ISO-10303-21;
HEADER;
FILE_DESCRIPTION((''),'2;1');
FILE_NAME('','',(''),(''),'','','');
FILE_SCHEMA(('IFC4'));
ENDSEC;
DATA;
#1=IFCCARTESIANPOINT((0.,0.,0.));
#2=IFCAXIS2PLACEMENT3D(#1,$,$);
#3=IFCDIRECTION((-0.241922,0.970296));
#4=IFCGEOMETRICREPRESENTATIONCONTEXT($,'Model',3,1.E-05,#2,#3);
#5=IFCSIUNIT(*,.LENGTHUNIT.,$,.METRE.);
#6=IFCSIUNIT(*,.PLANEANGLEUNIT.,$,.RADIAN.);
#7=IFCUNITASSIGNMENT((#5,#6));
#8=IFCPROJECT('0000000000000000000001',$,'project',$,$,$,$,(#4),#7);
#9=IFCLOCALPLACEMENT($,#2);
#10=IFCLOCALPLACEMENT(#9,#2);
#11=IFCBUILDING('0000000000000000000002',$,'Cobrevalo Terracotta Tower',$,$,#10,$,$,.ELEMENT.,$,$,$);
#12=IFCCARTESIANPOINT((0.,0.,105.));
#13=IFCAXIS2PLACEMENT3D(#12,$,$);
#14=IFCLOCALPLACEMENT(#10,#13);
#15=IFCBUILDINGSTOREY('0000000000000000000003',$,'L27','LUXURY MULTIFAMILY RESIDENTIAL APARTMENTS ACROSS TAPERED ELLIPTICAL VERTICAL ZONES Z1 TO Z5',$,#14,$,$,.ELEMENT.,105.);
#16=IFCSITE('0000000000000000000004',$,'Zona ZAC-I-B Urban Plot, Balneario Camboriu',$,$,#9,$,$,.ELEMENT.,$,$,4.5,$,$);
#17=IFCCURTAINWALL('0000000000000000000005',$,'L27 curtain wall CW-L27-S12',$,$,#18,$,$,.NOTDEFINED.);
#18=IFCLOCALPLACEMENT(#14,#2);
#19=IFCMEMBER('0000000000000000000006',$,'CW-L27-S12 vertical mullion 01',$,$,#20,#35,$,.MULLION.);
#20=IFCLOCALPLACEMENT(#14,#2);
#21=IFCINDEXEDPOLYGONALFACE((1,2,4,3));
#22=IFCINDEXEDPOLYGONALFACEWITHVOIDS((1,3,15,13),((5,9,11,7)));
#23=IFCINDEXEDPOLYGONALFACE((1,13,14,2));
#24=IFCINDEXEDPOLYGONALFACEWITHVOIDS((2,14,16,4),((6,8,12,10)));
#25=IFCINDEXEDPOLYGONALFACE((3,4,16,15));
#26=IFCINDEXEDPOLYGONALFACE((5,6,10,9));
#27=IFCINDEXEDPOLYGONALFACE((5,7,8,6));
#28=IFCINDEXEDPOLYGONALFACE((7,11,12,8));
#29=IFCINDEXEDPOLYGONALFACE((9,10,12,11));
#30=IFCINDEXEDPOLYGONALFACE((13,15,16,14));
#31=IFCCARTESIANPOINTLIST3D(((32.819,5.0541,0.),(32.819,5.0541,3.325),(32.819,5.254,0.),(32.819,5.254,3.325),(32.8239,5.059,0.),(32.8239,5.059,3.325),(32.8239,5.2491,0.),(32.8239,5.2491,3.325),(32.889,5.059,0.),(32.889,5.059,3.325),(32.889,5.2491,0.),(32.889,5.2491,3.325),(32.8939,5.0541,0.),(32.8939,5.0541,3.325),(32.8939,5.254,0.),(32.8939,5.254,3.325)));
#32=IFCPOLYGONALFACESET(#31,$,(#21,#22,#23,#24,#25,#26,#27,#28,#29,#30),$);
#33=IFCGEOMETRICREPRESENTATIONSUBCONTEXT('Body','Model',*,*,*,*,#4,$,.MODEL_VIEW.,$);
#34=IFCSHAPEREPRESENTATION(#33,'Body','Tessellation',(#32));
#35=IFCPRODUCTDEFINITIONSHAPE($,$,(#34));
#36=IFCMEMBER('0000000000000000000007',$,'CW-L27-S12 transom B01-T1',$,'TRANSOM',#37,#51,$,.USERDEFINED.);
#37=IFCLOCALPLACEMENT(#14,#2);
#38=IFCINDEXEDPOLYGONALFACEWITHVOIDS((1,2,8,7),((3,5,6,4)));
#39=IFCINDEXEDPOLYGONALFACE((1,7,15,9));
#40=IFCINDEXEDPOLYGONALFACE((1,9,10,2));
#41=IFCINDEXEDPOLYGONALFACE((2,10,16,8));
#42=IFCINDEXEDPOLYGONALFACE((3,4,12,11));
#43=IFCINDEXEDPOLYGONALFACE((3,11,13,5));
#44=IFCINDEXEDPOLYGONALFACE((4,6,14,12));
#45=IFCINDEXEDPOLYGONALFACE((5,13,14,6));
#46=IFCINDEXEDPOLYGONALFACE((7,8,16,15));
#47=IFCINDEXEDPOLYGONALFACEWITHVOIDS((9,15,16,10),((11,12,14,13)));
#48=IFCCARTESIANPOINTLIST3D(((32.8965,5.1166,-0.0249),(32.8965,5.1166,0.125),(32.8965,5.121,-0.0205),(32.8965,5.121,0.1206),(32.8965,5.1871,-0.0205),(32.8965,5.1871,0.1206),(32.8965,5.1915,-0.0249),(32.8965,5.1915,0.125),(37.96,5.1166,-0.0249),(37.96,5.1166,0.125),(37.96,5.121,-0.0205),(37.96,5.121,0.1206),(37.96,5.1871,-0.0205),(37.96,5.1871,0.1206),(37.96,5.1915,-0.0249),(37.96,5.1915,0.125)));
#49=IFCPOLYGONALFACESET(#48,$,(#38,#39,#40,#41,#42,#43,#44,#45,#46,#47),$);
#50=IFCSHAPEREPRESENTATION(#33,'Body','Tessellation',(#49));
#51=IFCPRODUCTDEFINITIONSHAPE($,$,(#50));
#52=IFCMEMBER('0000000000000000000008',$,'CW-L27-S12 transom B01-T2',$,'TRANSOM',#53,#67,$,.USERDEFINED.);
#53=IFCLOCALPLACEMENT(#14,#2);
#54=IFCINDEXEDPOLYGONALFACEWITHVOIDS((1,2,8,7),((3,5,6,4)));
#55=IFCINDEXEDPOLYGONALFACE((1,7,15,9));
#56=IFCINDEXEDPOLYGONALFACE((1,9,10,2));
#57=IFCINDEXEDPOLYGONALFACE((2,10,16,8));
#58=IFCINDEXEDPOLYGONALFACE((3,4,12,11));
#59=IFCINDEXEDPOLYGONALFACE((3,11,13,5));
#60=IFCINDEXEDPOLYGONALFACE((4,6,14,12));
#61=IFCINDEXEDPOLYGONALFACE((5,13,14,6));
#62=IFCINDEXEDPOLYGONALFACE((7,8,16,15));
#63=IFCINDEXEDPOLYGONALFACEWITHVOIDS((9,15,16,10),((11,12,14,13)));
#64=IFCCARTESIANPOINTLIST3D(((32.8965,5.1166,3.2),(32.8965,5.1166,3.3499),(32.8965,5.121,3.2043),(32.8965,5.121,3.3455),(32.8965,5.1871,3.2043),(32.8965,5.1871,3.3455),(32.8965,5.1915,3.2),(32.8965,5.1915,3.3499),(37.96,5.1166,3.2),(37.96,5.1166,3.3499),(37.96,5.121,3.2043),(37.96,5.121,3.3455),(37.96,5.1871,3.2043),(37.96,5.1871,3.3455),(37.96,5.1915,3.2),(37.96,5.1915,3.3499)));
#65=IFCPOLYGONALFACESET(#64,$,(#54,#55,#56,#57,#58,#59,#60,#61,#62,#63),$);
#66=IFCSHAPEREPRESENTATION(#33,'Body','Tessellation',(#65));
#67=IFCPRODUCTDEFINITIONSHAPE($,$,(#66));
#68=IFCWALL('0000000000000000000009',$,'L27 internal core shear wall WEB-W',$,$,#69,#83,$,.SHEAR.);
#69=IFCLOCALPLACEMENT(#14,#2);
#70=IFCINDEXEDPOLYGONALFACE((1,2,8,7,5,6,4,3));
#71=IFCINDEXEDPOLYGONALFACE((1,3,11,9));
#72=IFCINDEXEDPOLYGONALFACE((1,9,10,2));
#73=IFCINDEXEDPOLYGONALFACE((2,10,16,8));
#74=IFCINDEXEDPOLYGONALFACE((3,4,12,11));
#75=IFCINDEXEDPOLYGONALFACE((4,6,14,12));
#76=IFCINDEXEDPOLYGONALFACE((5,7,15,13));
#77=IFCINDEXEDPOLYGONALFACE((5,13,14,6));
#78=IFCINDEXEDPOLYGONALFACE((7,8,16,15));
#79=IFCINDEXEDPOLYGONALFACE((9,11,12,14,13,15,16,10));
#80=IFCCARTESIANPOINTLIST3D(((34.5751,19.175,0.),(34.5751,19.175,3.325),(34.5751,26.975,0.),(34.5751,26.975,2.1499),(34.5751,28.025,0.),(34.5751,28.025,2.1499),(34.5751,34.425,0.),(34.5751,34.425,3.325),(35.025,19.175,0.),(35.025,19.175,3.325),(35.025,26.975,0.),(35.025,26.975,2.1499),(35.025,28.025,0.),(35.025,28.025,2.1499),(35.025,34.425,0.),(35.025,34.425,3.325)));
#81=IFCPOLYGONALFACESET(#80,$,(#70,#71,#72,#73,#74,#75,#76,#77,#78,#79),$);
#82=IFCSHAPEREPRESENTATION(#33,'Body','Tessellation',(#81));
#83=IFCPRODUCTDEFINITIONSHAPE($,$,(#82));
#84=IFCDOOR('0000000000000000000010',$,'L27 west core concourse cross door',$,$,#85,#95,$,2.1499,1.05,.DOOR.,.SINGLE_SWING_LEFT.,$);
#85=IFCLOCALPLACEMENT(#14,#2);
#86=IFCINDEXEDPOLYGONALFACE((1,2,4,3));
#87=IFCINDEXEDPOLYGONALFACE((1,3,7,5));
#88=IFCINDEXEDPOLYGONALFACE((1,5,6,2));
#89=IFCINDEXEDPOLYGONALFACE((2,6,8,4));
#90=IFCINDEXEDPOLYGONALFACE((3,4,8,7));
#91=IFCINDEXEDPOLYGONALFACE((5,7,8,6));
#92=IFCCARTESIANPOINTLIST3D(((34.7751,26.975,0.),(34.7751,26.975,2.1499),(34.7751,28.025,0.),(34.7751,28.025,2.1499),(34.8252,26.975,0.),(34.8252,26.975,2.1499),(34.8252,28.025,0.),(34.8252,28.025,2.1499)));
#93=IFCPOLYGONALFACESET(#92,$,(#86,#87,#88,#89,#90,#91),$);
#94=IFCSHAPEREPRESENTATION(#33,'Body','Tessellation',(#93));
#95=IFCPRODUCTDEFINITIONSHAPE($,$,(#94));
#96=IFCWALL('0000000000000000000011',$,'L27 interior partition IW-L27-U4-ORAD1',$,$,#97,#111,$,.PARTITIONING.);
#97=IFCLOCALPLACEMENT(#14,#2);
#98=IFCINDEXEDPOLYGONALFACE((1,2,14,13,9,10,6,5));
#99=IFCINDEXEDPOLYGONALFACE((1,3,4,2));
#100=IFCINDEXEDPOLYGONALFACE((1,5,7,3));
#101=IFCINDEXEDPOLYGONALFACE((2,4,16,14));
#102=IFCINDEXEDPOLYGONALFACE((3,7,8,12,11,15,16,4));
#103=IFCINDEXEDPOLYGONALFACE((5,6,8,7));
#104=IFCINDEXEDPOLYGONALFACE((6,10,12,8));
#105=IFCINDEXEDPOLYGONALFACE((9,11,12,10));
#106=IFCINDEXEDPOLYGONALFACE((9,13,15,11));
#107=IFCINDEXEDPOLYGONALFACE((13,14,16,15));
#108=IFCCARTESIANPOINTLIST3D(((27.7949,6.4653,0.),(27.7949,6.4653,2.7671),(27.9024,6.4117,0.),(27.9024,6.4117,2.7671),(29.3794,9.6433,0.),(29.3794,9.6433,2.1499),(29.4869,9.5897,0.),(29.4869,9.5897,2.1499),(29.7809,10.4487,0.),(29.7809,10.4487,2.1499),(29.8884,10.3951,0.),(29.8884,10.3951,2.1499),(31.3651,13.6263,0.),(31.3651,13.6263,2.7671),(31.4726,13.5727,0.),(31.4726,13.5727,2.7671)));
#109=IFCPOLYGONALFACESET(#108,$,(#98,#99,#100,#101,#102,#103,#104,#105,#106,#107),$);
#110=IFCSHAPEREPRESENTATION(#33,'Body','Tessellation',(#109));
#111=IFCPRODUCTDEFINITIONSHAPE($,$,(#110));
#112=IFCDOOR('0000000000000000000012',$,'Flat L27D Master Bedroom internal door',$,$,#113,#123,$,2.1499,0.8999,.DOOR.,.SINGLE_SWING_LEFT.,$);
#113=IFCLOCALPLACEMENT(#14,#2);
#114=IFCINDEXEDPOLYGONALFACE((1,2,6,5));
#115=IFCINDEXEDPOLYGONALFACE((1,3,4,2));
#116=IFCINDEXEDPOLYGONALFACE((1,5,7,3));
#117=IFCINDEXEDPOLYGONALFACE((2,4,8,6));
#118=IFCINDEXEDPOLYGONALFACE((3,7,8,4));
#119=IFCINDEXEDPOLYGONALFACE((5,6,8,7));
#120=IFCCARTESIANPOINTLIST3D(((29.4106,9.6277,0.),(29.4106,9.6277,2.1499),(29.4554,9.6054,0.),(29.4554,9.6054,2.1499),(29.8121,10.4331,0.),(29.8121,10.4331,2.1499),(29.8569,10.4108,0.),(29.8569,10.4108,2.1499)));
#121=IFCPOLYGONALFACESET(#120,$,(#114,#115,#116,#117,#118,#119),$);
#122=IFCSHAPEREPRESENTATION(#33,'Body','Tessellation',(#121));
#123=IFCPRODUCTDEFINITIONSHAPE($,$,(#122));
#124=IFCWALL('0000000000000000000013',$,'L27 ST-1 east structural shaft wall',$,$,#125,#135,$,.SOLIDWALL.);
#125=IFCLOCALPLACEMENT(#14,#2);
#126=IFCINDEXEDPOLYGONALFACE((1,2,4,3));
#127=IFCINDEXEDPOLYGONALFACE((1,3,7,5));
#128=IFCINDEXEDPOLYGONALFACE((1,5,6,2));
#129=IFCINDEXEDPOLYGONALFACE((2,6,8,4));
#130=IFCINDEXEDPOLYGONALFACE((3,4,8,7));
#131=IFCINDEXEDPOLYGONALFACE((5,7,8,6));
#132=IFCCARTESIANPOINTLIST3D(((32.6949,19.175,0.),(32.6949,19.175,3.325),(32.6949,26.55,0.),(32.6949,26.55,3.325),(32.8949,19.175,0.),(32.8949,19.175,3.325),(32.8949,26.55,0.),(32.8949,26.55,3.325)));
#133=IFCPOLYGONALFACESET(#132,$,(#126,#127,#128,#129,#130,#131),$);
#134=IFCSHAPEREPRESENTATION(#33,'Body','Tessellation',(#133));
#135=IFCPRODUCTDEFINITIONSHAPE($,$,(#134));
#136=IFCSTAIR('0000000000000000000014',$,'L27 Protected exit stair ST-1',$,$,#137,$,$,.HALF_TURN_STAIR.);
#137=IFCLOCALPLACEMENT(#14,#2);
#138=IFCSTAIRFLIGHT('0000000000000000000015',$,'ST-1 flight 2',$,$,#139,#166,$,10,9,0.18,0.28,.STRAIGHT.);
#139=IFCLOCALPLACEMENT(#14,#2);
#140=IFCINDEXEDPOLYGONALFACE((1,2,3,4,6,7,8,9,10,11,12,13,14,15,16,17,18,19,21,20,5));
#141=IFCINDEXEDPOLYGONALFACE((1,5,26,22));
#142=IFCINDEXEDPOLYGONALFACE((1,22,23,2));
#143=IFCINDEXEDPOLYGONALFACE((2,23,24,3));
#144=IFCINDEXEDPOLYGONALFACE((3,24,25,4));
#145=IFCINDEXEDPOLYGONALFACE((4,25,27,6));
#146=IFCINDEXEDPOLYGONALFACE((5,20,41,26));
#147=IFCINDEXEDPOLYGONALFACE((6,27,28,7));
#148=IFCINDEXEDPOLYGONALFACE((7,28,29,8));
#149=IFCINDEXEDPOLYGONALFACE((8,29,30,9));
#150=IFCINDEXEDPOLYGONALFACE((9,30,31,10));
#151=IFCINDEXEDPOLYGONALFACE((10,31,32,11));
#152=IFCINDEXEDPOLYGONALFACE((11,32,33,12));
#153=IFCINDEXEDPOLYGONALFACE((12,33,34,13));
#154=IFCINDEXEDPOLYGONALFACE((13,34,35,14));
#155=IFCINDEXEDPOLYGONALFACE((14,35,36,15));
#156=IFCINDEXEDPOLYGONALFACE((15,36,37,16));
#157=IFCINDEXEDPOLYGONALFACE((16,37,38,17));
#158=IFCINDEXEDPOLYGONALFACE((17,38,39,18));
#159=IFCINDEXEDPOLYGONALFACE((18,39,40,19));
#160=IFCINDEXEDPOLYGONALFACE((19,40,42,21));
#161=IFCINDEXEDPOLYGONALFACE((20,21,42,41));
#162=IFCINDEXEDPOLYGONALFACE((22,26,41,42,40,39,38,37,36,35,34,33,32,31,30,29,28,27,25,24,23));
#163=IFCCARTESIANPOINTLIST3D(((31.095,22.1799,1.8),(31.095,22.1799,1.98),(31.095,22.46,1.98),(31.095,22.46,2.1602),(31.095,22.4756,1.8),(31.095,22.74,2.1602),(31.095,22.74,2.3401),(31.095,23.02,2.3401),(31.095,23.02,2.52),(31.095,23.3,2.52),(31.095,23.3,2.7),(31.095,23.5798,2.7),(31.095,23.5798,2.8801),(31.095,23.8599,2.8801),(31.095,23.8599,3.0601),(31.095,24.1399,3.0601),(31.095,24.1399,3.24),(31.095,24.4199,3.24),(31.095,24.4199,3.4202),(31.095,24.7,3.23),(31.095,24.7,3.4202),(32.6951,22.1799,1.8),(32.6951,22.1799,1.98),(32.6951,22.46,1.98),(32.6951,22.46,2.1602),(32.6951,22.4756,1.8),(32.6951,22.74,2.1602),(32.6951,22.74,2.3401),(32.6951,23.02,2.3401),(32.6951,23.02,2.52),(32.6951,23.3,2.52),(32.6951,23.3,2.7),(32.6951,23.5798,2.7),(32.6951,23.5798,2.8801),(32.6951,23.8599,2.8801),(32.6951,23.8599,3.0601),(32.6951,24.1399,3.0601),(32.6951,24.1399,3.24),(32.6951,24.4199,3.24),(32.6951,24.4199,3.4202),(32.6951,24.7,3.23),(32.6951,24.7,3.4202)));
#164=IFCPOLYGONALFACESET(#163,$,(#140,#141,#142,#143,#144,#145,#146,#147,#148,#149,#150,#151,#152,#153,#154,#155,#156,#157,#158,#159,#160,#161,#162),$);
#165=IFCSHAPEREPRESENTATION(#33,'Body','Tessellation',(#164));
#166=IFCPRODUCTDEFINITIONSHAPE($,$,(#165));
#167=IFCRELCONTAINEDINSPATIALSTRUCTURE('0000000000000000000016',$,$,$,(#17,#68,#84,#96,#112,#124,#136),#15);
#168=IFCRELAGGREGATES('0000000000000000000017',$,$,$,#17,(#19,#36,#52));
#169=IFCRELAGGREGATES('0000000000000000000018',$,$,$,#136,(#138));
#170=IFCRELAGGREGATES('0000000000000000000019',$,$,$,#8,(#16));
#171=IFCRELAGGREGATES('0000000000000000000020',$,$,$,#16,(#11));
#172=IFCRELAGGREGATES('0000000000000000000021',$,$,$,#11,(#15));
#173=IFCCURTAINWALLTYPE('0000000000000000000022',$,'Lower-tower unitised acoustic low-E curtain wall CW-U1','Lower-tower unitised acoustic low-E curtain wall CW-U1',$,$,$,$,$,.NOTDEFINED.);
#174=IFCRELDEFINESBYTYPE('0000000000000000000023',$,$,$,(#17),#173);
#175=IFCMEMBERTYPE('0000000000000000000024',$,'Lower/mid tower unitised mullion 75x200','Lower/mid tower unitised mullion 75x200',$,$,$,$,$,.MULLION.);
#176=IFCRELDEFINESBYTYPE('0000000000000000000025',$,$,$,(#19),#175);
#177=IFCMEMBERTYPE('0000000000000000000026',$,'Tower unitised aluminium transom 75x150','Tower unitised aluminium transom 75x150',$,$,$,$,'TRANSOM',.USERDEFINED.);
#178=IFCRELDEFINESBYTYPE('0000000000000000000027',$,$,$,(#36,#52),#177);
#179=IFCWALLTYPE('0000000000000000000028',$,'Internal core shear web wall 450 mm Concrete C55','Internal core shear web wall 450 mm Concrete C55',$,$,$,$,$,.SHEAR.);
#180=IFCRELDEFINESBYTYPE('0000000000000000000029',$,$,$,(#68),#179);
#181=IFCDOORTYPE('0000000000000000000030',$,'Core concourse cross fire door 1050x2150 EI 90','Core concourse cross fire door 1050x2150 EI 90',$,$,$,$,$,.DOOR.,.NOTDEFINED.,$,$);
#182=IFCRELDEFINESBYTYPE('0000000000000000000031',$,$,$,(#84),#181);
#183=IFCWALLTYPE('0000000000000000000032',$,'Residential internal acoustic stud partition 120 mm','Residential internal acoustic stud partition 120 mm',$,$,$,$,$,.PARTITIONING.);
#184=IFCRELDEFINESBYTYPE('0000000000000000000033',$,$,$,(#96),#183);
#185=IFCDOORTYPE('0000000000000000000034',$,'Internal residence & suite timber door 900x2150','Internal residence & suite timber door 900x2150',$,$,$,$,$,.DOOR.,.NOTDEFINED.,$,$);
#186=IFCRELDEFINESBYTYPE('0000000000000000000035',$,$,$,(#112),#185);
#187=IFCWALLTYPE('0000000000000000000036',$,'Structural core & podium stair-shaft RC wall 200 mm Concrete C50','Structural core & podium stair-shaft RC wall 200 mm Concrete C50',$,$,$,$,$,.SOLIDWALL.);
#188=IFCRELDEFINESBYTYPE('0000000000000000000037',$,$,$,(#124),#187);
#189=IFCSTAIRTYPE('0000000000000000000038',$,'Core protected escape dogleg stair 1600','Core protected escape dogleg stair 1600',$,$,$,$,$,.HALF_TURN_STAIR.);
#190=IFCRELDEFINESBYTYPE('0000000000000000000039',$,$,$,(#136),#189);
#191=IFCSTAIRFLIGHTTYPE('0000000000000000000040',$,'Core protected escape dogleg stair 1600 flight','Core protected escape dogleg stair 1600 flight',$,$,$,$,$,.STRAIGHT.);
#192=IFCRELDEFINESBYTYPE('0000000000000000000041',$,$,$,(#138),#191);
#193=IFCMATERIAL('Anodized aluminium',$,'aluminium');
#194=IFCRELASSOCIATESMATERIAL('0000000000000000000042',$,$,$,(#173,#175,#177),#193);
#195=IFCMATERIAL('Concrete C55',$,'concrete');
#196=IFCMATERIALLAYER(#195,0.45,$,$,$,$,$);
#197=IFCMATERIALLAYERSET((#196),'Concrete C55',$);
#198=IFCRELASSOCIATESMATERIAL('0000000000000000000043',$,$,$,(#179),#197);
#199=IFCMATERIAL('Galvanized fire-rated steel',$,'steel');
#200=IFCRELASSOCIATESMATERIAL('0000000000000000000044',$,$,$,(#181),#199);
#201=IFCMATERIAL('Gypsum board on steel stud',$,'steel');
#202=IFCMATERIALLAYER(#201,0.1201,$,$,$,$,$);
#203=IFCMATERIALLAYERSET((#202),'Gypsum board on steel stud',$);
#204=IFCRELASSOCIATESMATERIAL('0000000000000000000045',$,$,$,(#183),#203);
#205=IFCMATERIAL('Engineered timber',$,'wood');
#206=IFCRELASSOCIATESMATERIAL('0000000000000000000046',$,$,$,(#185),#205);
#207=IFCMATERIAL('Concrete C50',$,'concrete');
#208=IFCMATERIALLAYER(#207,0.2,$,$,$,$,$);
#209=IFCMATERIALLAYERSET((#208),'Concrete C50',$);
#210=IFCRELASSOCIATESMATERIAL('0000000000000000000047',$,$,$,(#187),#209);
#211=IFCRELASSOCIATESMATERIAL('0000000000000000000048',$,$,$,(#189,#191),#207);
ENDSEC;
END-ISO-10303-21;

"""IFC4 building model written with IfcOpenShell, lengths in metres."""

from ifc_helpers import new_model, si_unit, direction, frame, frame_2d, origin, origin_2d, place, context, subcontext, project, spatial, polyline, rectangle, hollow_rectangle, outline, extrude, source, transform, mapped, material, layer, layer_set, material_profile, profile_set, type_object, element, fill, aggregate, save


model = new_model("IFC4")

# Units and contexts
model_context = context("Model", 3, precision=1e-05, world=origin(), true_north=direction((-0.241922, 0.970296)))
body_context = subcontext(model_context, "Body", "Model", "MODEL_VIEW")
ifc_project = project(units=[si_unit("LENGTHUNIT", "METRE"), si_unit("PLANEANGLEUNIT", "RADIAN")], contexts=[model_context])

# Site, building, storey
site_placement = place(None, origin())
site = spatial("IfcSite", under=ifc_project, at=site_placement, Name="Zona ZAC-I-B Urban Plot, Balneario Camboriu", CompositionType="ELEMENT", RefElevation=4.5)
building_placement = place(site_placement, origin())
building = spatial("IfcBuilding", under=site, at=building_placement, Name="Cobrevalo Terracotta Tower", CompositionType="ELEMENT")
storey_placement = place(building_placement, frame((0.0, 0.0, 105.0)))
storey = spatial("IfcBuildingStorey", under=building, at=storey_placement, Name="L27", Description="LUXURY MULTIFAMILY RESIDENTIAL APARTMENTS ACROSS TAPERED ELLIPTICAL VERTICAL ZONES Z1 TO Z5", CompositionType="ELEMENT", Elevation=105.0)

# Curtain wall, members
ifc_material_1 = material(Name="Anodized aluminium", Category="aluminium")
curtain_wall_type = type_object("IfcCurtainWallType", Name="Lower-tower unitised acoustic low-E curtain wall CW-U1", Description="Lower-tower unitised acoustic low-E curtain wall CW-U1", PredefinedType="NOTDEFINED", material=ifc_material_1)
curtain_wall_placement = place(storey_placement, origin())
curtain_wall = element("IfcCurtainWall", 1, at=curtain_wall_placement, inside=storey, type_object=curtain_wall_type, Name="L27 curtain wall CW-L27-S12", PredefinedType="NOTDEFINED")
ifc_material_profile_1 = material_profile(ifc_material_1, hollow_rectangle(XDim=0.075, YDim=0.2, WallThickness=0.0049, at=origin_2d()), Name="CWM 75x200")
ifc_profile_set_1 = profile_set([ifc_material_profile_1], Name="Anodized aluminium")
member_type_1 = type_object("IfcMemberType", Name="Lower/mid tower unitised mullion 75x200", Description="Lower/mid tower unitised mullion 75x200", PredefinedType="MULLION", material=ifc_profile_set_1)
shared_shape_1 = source(origin(), body_context, "Body", "SweptSolid", [
    extrude(hollow_rectangle(XDim=0.075, YDim=0.2, WallThickness=0.0049, at=origin_2d()), origin(), (0.0, 0.0, 1.0), 3.325),
])
member_1_placement = place(storey_placement, frame((32.8564, 5.1541, 0.0), z_axis=(0.0, 0.0, 1.0), x_axis=(1.0, 0.0, 0.0)))
member_1 = element("IfcMember", 2, at=member_1_placement, type_object=member_type_1, Name="CW-L27-S12 vertical mullion 01", PredefinedType="MULLION", context=body_context, shape_type="MappedRepresentation", body=[
    mapped(shared_shape_1, transform((0.0, 0.0, 0.0), scale=1.0)),
])
ifc_material_profile_2 = material_profile(ifc_material_1, hollow_rectangle(XDim=0.075, YDim=0.1499, WallThickness=0.0044, at=origin_2d()), Name="CWT 75x150")
ifc_profile_set_2 = profile_set([ifc_material_profile_2], Name="Anodized aluminium")
member_type_2 = type_object("IfcMemberType", Name="Tower unitised aluminium transom 75x150", Description="Tower unitised aluminium transom 75x150", ElementType="TRANSOM", PredefinedType="USERDEFINED", material=ifc_profile_set_2)
shared_shape_2 = source(origin(), body_context, "Body", "SweptSolid", [
    extrude(hollow_rectangle(XDim=0.075, YDim=0.1499, WallThickness=0.0044, at=origin_2d()), origin(), (0.0, 0.0, 1.0), 5.0635),
])
member_2_placement = place(storey_placement, frame((32.8965, 5.1541, 0.05), z_axis=(1.0, 0.0, 0.0), x_axis=(0.0, 1.0, 0.0)))
member_2 = element("IfcMember", 3, at=member_2_placement, type_object=member_type_2, Name="CW-L27-S12 transom B01-T1", ObjectType="TRANSOM", PredefinedType="USERDEFINED", context=body_context, shape_type="MappedRepresentation", body=[
    mapped(shared_shape_2, transform((0.0, 0.0, 0.0), scale=1.0)),
])
member_3_placement = place(storey_placement, frame((32.8965, 5.1541, 3.2749), z_axis=(1.0, 0.0, 0.0), x_axis=(0.0, 1.0, 0.0)))
member_3 = element("IfcMember", 4, at=member_3_placement, type_object=member_type_2, Name="CW-L27-S12 transom B01-T2", ObjectType="TRANSOM", PredefinedType="USERDEFINED", context=body_context, shape_type="MappedRepresentation", body=[
    mapped(shared_shape_2, transform((0.0, 0.0, 0.0), scale=1.0)),
])
aggregate(curtain_wall, [member_1, member_2, member_3])

# Walls, openings, doors
ifc_material_2 = material(Name="Concrete C55", Category="concrete")
ifc_layer_1 = layer(ifc_material_2, 0.45)
ifc_layer_set_1 = layer_set([ifc_layer_1], Name="Concrete C55")
wall_type_1 = type_object("IfcWallType", Name="Internal core shear web wall 450 mm Concrete C55", Description="Internal core shear web wall 450 mm Concrete C55", PredefinedType="SHEAR", material=ifc_layer_set_1)
wall_1_placement = place(storey_placement, frame((34.8, 19.175, 0.0), z_axis=(0.0, 0.0, 1.0), x_axis=(0.0, 1.0, 0.0)))
wall_1 = element("IfcWall", 5, at=wall_1_placement, inside=storey, type_object=wall_type_1, Name="L27 internal core shear wall WEB-W", PredefinedType="SHEAR", context=body_context, shape_type="SweptSolid", body=[
    extrude(rectangle(XDim=15.25, YDim=0.45, at=frame_2d((7.625, 0.0))), origin(), (0.0, 0.0, 1.0), 3.325),
])
opening_1_placement = place(wall_1_placement, frame((7.8, 0.0, 0.0)))
opening_1 = element("IfcOpeningElement", 6, at=opening_1_placement, cuts=wall_1, PredefinedType="OPENING", context=body_context, shape_type="SweptSolid", body=[
    extrude(rectangle(XDim=1.05, YDim=2.1499, at=frame_2d((0.5249, 1.075))), frame((0.0, 0.2349, 0.0), z_axis=(0.0, -1.0, 0.0), x_axis=(1.0, 0.0, 0.0)), (0.0, 0.0, 1.0), 0.47),
])
ifc_material_3 = material(Name="Galvanized fire-rated steel", Category="steel")
door_type_1 = type_object("IfcDoorType", Name="Core concourse cross fire door 1050x2150 EI 90", Description="Core concourse cross fire door 1050x2150 EI 90", OperationType="NOTDEFINED", PredefinedType="DOOR", material=ifc_material_3)
shared_shape_3 = source(origin(), body_context, "Body", "SweptSolid", [
    extrude(rectangle(XDim=1.05, YDim=2.1499, at=frame_2d((0.5249, 1.075))), frame((0.0, 0.0249, 0.0), z_axis=(0.0, -1.0, 0.0), x_axis=(1.0, 0.0, 0.0)), (0.0, 0.0, 1.0), 0.05),
])
door_1_placement = place(opening_1_placement, origin())
door_1 = element("IfcDoor", 7, at=door_1_placement, inside=storey, type_object=door_type_1, Name="L27 west core concourse cross door", OperationType="SINGLE_SWING_LEFT", OverallHeight=2.1499, OverallWidth=1.05, PredefinedType="DOOR", context=body_context, shape_type="MappedRepresentation", body=[
    mapped(shared_shape_3, transform((0.0, 0.0, 0.0), scale=1.0)),
])
fill(opening_1, door_1)
ifc_material_4 = material(Name="Gypsum board on steel stud", Category="steel")
ifc_layer_2 = layer(ifc_material_4, 0.1201)
ifc_layer_set_2 = layer_set([ifc_layer_2], Name="Gypsum board on steel stud")
wall_type_2 = type_object("IfcWallType", Name="Residential internal acoustic stud partition 120 mm", Description="Residential internal acoustic stud partition 120 mm", PredefinedType="PARTITIONING", material=ifc_layer_set_2)
wall_2_placement = place(storey_placement, frame((31.4189, 13.5996, 0.0), z_axis=(0.0, 0.0, 1.0), x_axis=(-0.446188, -0.894939, 0.0)))
wall_2 = element("IfcWall", 8, at=wall_2_placement, inside=storey, type_object=wall_type_2, Name="L27 interior partition IW-L27-U4-ORAD1", PredefinedType="PARTITIONING", context=body_context, shape_type="SweptSolid", body=[
    extrude(rectangle(XDim=8.0017, YDim=0.1201, at=frame_2d((4.001, 0.0))), origin(), (0.0, 0.0, 1.0), 2.7671),
])
opening_2_placement = place(wall_2_placement, frame((3.5508, 0.0, 0.0)))
opening_2 = element("IfcOpeningElement", 9, at=opening_2_placement, cuts=wall_2, PredefinedType="OPENING", context=body_context, shape_type="SweptSolid", body=[
    extrude(rectangle(XDim=0.8999, YDim=2.1499, at=frame_2d((0.45, 1.075))), frame((0.0, 0.0701, 0.0), z_axis=(0.0, -1.0, 0.0), x_axis=(1.0, 0.0, 0.0)), (0.0, 0.0, 1.0), 0.1401),
])
ifc_material_5 = material(Name="Engineered timber", Category="wood")
door_type_2 = type_object("IfcDoorType", Name="Internal residence & suite timber door 900x2150", Description="Internal residence & suite timber door 900x2150", OperationType="NOTDEFINED", PredefinedType="DOOR", material=ifc_material_5)
shared_shape_4 = source(origin(), body_context, "Body", "SweptSolid", [
    extrude(rectangle(XDim=0.8999, YDim=2.1499, at=frame_2d((0.45, 1.075))), frame((0.0, 0.0249, 0.0), z_axis=(0.0, -1.0, 0.0), x_axis=(1.0, 0.0, 0.0)), (0.0, 0.0, 1.0), 0.05),
])
door_2_placement = place(opening_2_placement, origin())
door_2 = element("IfcDoor", 10, at=door_2_placement, inside=storey, type_object=door_type_2, Name="Flat L27D Master Bedroom internal door", OperationType="SINGLE_SWING_LEFT", OverallHeight=2.1499, OverallWidth=0.8999, PredefinedType="DOOR", context=body_context, shape_type="MappedRepresentation", body=[
    mapped(shared_shape_4, transform((0.0, 0.0, 0.0), scale=1.0)),
])
fill(opening_2, door_2)

# Wall
ifc_material_6 = material(Name="Concrete C50", Category="concrete")
ifc_layer_3 = layer(ifc_material_6, 0.2)
ifc_layer_set_3 = layer_set([ifc_layer_3], Name="Concrete C50")
wall_type_3 = type_object("IfcWallType", Name="Structural core & podium stair-shaft RC wall 200 mm Concrete C50", Description="Structural core & podium stair-shaft RC wall 200 mm Concrete C50", PredefinedType="SOLIDWALL", material=ifc_layer_set_3)
wall_3_placement = place(storey_placement, frame((32.7949, 19.175, 0.0), z_axis=(0.0, 0.0, 1.0), x_axis=(0.0, 1.0, 0.0)))
element("IfcWall", 11, at=wall_3_placement, inside=storey, type_object=wall_type_3, Name="L27 ST-1 east structural shaft wall", PredefinedType="SOLIDWALL", context=body_context, shape_type="SweptSolid", body=[
    extrude(rectangle(XDim=7.375, YDim=0.2, at=frame_2d((3.6875, 0.0))), origin(), (0.0, 0.0, 1.0), 3.325),
])

# Stair, stair flight
stair_type = type_object("IfcStairType", Name="Core protected escape dogleg stair 1600", Description="Core protected escape dogleg stair 1600", PredefinedType="HALF_TURN_STAIR", material=ifc_material_6)
stair_placement = place(storey_placement, origin())
stair = element("IfcStair", 12, at=stair_placement, inside=storey, type_object=stair_type, Name="L27 Protected exit stair ST-1", PredefinedType="HALF_TURN_STAIR")
stair_flight_type = type_object("IfcStairFlightType", Name="Core protected escape dogleg stair 1600 flight", Description="Core protected escape dogleg stair 1600 flight", PredefinedType="STRAIGHT", material=ifc_material_6)
stair_flight_placement = place(storey_placement, frame((31.895, 22.1799, 1.8), z_axis=(0.0, 0.0, 1.0), x_axis=(0.0, 1.0, 0.0)))
stair_flight = element("IfcStairFlight", 13, at=stair_flight_placement, type_object=stair_flight_type, Name="ST-1 flight 2", NumberOfRisers=10, NumberOfTreads=9, PredefinedType="STRAIGHT", RiserHeight=0.18, TreadLength=0.28, context=body_context, shape_type="SweptSolid", body=[
    extrude(outline(polyline([(0.0, 0.0), (0.0, 0.1799), (0.28, 0.1799), (0.28, 0.3601), (0.5601, 0.3601), (0.5601, 0.54), (0.8401, 0.54), (0.8401, 0.72), (1.1201, 0.72), (1.1201, 0.8999), (1.3999, 0.8999), (1.3999, 1.0801), (1.6799, 1.0801), (1.6799, 1.26), (1.96, 1.26), (1.96, 1.4399), (2.24, 1.4399), (2.24, 1.6201), (2.52, 1.6201), (2.52, 1.8), (2.52, 1.4299), (0.2957, 0.0), (0.0, 0.0)])), frame((0.0, 0.8, 0.0), z_axis=(0.0, -1.0, 0.0), x_axis=(1.0, 0.0, 0.0)), (0.0, 0.0, 1.0), 1.6001),
])
aggregate(stair, [stair_flight])

save(model, "model.ifc")
